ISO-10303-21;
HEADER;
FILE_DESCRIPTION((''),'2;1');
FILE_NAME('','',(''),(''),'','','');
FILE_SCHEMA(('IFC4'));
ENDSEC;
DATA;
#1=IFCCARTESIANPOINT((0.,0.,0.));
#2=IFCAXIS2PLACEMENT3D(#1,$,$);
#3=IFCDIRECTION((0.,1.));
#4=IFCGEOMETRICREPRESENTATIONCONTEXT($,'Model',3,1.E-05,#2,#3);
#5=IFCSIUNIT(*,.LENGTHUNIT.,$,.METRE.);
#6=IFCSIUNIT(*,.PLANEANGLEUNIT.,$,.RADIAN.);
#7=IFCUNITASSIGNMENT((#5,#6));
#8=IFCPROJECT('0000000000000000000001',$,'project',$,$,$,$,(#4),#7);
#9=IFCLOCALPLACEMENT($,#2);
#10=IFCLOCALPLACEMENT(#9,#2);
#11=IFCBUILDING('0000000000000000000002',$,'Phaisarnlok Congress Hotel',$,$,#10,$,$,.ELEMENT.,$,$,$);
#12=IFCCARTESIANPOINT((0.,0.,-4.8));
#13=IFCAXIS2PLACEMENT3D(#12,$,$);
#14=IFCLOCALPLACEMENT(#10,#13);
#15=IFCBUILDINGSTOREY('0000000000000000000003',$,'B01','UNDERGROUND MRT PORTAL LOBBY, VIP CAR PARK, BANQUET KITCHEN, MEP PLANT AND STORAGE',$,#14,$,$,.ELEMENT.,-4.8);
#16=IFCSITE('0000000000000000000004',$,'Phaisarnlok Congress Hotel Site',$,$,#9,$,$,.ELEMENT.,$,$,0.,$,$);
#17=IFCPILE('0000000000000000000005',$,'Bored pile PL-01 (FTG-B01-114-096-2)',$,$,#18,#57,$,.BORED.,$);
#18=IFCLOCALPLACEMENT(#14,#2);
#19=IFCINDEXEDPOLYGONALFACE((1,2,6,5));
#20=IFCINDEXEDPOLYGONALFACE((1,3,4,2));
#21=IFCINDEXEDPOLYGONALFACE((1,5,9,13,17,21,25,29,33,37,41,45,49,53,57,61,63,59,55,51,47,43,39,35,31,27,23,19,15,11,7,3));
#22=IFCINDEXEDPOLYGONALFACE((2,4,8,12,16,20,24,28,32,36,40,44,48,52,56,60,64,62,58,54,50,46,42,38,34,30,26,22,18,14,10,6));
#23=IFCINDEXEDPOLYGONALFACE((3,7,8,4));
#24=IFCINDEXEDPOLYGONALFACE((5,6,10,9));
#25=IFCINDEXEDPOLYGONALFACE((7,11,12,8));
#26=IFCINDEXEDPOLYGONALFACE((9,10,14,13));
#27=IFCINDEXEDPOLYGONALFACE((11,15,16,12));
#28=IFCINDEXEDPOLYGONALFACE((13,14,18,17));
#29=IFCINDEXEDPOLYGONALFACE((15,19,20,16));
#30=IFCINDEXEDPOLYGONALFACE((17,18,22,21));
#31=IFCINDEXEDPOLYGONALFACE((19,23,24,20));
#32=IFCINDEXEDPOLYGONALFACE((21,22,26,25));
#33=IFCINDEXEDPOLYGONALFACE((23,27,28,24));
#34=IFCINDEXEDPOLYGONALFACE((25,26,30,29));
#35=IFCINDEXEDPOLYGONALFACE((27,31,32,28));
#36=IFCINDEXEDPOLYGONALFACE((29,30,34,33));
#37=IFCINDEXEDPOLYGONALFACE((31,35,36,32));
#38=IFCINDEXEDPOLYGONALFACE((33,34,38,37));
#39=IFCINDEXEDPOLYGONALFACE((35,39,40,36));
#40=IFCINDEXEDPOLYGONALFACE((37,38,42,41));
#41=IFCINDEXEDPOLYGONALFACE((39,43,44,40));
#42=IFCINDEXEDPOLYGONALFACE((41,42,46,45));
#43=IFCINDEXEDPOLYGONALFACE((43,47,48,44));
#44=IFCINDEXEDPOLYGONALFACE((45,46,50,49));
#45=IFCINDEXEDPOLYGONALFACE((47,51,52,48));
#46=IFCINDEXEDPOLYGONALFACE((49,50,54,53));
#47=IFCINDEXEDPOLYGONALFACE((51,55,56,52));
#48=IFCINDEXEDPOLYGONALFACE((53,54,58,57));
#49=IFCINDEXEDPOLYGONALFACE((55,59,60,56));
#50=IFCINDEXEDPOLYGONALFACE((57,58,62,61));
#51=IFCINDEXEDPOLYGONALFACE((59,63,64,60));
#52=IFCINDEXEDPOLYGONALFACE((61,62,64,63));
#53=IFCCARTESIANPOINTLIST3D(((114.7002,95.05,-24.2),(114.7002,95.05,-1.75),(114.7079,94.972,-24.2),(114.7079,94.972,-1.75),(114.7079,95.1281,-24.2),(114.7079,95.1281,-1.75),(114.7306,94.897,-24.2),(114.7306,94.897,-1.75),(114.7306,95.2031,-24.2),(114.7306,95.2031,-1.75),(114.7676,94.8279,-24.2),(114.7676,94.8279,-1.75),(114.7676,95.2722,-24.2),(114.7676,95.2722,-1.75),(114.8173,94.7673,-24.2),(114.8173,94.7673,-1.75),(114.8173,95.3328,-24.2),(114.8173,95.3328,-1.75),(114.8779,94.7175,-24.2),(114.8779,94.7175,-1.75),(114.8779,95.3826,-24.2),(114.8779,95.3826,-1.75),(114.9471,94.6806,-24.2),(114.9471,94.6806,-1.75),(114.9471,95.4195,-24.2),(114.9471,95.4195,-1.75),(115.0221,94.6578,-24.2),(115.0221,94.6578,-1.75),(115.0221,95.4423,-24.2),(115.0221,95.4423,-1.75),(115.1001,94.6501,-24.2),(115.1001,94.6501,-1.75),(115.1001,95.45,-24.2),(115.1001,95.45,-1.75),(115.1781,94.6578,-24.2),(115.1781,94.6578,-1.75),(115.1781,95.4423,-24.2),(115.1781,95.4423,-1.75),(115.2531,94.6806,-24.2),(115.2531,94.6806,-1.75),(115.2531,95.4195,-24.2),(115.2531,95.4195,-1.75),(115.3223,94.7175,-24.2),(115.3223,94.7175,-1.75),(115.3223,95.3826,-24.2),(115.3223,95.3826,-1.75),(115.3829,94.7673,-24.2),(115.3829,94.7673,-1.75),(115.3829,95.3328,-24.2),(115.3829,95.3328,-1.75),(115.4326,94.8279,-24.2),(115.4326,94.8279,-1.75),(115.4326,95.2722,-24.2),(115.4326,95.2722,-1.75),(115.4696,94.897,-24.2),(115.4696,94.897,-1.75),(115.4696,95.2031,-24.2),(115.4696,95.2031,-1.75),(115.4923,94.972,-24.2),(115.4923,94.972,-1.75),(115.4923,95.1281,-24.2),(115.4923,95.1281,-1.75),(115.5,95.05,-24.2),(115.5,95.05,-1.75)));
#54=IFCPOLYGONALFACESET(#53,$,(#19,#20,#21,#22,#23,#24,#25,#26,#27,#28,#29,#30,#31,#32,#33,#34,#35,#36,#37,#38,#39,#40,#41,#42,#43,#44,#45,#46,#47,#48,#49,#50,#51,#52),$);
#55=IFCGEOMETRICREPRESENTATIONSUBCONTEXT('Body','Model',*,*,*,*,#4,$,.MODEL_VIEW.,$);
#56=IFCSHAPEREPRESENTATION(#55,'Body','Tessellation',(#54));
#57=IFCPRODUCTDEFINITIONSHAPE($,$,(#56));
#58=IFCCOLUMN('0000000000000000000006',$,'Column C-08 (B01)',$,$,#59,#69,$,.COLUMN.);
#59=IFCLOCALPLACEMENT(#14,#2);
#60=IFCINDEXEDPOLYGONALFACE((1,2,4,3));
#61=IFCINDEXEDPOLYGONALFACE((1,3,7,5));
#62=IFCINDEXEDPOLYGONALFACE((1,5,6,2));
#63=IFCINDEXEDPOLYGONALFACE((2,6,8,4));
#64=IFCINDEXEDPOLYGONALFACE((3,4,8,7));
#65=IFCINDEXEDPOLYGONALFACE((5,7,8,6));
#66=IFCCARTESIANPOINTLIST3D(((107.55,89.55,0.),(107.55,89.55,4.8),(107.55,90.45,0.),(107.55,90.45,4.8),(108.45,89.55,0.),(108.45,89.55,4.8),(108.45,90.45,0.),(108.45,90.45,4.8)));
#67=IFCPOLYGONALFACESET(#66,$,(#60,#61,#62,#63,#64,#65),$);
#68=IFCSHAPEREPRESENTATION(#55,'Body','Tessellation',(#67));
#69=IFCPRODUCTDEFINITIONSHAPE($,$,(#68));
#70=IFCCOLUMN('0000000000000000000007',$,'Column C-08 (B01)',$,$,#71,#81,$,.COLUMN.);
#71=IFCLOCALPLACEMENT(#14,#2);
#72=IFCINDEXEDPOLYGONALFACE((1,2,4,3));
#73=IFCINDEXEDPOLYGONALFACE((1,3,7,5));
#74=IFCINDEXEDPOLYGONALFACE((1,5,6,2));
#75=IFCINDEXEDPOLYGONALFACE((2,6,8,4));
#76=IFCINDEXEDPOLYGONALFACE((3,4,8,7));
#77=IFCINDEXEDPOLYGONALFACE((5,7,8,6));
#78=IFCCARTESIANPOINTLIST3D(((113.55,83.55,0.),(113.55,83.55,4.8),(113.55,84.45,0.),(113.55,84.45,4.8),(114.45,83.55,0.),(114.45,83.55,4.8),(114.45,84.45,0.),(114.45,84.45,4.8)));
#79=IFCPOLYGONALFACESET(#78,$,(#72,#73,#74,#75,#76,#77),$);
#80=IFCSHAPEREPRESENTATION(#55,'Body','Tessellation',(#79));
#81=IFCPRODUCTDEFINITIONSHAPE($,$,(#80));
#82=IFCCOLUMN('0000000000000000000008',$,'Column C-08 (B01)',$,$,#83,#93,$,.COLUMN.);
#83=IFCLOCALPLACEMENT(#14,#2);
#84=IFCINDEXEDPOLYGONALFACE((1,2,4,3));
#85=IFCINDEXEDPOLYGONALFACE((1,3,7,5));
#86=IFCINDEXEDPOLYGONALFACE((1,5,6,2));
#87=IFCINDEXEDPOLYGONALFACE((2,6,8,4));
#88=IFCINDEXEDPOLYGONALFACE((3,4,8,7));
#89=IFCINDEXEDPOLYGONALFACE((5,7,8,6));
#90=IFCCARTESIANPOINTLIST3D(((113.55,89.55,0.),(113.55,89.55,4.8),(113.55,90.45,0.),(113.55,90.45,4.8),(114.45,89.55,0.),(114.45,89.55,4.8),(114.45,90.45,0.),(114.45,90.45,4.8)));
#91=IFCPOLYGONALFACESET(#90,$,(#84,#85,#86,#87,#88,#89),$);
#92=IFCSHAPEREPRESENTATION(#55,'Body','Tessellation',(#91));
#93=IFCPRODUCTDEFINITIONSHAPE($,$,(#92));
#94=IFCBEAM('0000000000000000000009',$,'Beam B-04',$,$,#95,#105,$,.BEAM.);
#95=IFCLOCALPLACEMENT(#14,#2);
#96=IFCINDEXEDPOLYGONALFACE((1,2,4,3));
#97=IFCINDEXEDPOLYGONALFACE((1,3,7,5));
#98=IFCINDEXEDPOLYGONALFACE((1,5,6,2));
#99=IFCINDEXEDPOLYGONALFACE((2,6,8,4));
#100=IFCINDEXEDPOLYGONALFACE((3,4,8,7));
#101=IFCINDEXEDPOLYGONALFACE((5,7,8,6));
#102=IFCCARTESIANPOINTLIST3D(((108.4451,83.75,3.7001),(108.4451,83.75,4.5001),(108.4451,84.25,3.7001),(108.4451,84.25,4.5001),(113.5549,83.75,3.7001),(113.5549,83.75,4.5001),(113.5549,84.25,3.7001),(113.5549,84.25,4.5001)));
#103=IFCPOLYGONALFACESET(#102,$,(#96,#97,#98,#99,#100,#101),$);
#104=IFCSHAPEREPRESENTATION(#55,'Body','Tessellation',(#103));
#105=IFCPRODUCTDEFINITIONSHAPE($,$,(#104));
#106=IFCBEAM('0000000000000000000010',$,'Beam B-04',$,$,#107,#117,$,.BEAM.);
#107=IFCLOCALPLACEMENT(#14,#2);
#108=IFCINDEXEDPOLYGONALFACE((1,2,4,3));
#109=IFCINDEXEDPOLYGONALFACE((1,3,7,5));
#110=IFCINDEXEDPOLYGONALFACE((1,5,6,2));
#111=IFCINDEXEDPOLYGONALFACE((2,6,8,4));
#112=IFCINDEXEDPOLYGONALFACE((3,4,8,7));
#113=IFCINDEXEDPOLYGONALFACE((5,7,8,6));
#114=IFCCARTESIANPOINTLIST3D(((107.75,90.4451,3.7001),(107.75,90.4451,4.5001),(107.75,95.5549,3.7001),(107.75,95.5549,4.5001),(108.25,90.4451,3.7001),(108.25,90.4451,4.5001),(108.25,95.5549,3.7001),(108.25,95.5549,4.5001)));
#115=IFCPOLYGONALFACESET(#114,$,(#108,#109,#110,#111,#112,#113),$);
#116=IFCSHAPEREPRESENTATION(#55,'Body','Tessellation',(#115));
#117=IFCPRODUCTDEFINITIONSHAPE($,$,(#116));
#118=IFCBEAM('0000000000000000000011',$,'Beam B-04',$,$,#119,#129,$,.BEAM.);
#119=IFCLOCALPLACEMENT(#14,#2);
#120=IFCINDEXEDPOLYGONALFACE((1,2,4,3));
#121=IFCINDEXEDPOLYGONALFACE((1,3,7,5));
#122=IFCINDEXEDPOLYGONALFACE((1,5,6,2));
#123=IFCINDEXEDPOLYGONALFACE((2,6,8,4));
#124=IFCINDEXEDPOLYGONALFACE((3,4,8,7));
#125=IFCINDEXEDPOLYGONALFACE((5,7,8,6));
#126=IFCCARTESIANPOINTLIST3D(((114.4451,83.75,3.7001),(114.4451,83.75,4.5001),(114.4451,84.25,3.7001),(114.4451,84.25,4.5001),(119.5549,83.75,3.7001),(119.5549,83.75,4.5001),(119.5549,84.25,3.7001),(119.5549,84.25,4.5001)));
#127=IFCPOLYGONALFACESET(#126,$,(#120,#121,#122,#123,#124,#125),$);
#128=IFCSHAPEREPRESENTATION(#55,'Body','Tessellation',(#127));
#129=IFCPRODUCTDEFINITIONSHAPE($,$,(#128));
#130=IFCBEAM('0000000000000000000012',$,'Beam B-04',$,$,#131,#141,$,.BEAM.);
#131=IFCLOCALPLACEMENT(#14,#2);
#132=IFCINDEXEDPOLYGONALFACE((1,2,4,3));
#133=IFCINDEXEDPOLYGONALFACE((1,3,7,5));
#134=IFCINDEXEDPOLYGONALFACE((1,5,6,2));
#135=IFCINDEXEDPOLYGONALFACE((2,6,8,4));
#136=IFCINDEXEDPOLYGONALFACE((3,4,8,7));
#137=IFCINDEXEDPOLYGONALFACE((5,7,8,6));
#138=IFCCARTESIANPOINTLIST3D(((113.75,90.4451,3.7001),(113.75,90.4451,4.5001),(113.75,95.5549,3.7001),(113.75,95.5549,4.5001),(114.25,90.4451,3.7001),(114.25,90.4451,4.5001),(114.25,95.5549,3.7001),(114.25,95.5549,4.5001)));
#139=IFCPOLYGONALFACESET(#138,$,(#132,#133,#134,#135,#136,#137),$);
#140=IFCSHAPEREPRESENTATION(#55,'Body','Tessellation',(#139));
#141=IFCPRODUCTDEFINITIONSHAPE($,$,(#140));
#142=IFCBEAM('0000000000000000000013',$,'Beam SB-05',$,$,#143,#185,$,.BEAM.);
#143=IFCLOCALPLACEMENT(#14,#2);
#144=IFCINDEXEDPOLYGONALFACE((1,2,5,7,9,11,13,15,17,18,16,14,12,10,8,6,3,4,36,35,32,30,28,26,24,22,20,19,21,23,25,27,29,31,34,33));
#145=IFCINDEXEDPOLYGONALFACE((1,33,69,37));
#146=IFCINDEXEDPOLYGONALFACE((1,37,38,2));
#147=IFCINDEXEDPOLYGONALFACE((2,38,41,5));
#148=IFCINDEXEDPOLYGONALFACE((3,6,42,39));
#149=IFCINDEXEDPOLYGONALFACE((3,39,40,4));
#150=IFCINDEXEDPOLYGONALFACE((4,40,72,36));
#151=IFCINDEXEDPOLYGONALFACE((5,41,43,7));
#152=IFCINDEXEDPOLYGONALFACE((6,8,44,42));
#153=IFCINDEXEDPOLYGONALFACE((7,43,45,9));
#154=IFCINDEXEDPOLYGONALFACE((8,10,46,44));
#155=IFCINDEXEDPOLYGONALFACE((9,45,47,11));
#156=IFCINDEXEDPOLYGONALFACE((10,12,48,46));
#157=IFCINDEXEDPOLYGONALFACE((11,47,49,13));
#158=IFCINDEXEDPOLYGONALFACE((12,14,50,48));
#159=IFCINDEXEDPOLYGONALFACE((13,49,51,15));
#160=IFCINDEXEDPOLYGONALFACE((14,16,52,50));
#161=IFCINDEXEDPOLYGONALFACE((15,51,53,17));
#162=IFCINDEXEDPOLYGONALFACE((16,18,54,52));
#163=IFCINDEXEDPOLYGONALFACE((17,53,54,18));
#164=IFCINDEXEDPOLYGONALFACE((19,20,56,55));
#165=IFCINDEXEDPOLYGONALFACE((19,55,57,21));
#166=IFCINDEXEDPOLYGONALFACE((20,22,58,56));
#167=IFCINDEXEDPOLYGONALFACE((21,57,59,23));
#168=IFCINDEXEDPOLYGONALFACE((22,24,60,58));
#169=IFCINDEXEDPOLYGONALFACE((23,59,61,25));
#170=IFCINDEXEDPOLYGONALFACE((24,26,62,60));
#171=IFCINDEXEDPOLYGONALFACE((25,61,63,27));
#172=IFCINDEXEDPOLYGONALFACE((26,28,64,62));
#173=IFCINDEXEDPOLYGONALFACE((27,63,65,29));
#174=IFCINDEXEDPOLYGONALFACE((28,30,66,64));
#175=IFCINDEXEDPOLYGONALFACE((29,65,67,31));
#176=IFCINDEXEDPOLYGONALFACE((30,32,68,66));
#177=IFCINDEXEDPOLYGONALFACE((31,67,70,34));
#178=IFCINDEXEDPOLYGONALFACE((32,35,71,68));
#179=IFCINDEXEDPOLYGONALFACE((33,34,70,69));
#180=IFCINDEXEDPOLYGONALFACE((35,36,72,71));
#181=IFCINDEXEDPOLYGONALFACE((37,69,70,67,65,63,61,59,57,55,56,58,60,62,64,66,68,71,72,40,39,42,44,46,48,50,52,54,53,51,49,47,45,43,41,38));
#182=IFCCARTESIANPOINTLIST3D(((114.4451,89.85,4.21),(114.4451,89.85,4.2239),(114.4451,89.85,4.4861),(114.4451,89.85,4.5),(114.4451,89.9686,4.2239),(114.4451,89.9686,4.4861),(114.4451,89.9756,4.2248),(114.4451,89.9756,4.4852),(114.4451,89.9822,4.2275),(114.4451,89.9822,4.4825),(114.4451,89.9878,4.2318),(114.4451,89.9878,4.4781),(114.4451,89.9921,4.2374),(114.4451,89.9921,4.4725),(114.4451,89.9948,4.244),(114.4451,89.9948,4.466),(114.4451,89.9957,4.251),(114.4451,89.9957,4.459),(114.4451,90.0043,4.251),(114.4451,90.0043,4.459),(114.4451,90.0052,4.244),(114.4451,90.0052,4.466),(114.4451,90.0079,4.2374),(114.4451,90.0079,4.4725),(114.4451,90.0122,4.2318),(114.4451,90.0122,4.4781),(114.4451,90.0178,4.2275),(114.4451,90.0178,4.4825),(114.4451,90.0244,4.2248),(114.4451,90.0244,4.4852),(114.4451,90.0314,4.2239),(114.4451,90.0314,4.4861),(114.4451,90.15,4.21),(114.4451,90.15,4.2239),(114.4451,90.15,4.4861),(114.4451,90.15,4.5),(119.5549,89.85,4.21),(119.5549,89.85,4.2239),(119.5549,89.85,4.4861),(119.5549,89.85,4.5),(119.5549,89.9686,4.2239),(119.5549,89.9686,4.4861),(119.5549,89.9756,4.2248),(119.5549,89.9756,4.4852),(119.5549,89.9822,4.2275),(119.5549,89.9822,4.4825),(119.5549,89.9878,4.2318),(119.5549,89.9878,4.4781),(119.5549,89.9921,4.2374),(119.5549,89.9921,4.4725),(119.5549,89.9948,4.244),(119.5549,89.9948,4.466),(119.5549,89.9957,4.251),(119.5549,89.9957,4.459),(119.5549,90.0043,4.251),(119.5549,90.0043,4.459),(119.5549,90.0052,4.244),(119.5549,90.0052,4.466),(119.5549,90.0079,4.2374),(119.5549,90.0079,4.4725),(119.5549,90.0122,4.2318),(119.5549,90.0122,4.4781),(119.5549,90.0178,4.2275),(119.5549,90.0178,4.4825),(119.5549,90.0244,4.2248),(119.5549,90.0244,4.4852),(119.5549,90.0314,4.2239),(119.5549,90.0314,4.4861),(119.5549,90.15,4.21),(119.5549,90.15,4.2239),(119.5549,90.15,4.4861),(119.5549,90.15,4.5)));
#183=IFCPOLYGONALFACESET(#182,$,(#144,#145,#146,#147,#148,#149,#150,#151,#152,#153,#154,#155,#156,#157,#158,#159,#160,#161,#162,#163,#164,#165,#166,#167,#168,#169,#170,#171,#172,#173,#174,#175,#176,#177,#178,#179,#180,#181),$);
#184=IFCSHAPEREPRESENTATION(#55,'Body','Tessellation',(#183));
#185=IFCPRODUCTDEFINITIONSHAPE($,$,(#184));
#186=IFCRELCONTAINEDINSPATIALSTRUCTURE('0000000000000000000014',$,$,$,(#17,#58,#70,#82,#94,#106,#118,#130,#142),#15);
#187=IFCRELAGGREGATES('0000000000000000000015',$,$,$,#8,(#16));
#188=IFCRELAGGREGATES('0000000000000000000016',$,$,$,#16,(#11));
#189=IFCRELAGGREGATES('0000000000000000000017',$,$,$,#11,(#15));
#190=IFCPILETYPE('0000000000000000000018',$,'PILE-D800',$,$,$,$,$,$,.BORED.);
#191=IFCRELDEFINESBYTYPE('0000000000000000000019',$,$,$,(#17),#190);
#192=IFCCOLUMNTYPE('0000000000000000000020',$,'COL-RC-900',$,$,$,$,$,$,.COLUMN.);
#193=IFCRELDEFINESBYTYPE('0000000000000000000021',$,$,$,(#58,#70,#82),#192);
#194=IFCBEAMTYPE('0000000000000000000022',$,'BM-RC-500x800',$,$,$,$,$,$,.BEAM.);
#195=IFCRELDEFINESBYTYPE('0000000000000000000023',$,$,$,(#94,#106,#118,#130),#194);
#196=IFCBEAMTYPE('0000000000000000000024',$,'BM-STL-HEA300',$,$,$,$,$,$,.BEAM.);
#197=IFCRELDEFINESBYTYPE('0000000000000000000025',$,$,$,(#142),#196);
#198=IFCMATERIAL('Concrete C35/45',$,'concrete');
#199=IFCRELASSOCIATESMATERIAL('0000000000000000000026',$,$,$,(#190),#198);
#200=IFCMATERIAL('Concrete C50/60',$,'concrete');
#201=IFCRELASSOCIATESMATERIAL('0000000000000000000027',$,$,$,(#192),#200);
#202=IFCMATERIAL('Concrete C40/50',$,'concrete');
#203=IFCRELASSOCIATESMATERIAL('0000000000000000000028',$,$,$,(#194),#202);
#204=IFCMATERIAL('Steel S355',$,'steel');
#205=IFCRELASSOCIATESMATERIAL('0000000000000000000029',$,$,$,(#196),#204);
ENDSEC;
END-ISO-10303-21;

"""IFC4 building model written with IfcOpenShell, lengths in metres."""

from ifc_helpers import new_model, si_unit, direction, frame, origin, origin_2d, place, context, subcontext, project, spatial, rectangle, circle, i_section, extrude, material, material_profile, profile_set, type_object, element, save


model = new_model("IFC4")

# Units and contexts
model_context = context("Model", 3, precision=1e-05, world=origin(), true_north=direction((0.0, 1.0)))
body_context = subcontext(model_context, "Body", "Model", "MODEL_VIEW")
ifc_project = project(units=[si_unit("LENGTHUNIT", "METRE"), si_unit("PLANEANGLEUNIT", "RADIAN")], contexts=[model_context])

# Site, building, storey
site_placement = place(None, origin())
site = spatial("IfcSite", under=ifc_project, at=site_placement, Name="Phaisarnlok Congress Hotel Site", CompositionType="ELEMENT", RefElevation=0.0)
building_placement = place(site_placement, origin())
building = spatial("IfcBuilding", under=site, at=building_placement, Name="Phaisarnlok Congress Hotel", CompositionType="ELEMENT")
storey_placement = place(building_placement, frame((0.0, 0.0, -4.8)))
storey = spatial("IfcBuildingStorey", under=building, at=storey_placement, Name="B01", Description="UNDERGROUND MRT PORTAL LOBBY, VIP CAR PARK, BANQUET KITCHEN, MEP PLANT AND STORAGE", CompositionType="ELEMENT", Elevation=-4.8)

# Shared definitions
ifc_material_1 = material(Name="Concrete C40/50", Category="concrete")

# Pile
ifc_material_2 = material(Name="Concrete C35/45", Category="concrete")
ifc_material_profile_1 = material_profile(ifc_material_2, circle(Radius=0.3999, at=origin_2d()), Name="BORED PILE D800")
ifc_profile_set_1 = profile_set([ifc_material_profile_1], Name="Concrete C35/45")
pile_type_1 = type_object("IfcPileType", Name="PILE-D800", PredefinedType="BORED", material=ifc_profile_set_1)
for number, where, z_axis, x_axis, name in (
    (1, (115.1001, 95.05, -1.75), (0.0, 0.0, -1.0), (1.0, 0.0, 0.0), "Bored pile PL-01 (FTG-B01-114-096-2)"),
):
    element("IfcPile", number, at=place(storey_placement, frame(where, z_axis=z_axis, x_axis=x_axis)), inside=storey, type_object=pile_type_1, Name=name, PredefinedType="BORED", context=body_context, shape_type="SweptSolid", body=[
        extrude(circle(Radius=0.3999, at=origin_2d()), origin(), (0.0, 0.0, 1.0), 22.45),
    ])

# Columns
ifc_material_3 = material(Name="Concrete C50/60", Category="concrete")
ifc_material_profile_2 = material_profile(ifc_material_3, rectangle(XDim=0.8999, YDim=0.8999, at=origin_2d()), Name="RC 900x900")
ifc_profile_set_2 = profile_set([ifc_material_profile_2], Name="Concrete C50/60")
column_type = type_object("IfcColumnType", Name="COL-RC-900", PredefinedType="COLUMN", material=ifc_profile_set_2)
for number, where, z_axis, x_axis, name in (
    (2, (108.0, 90.0, 0.0), (0.0, 0.0, 1.0), (1.0, 0.0, 0.0), "Column C-08 (B01)"),
    (3, (114.0, 84.0, 0.0), (0.0, 0.0, 1.0), (1.0, 0.0, 0.0), "Column C-08 (B01)"),
    (4, (114.0, 90.0, 0.0), (0.0, 0.0, 1.0), (1.0, 0.0, 0.0), "Column C-08 (B01)"),
):
    element("IfcColumn", number, at=place(storey_placement, frame(where, z_axis=z_axis, x_axis=x_axis)), inside=storey, type_object=column_type, Name=name, PredefinedType="COLUMN", context=body_context, shape_type="SweptSolid", body=[
        extrude(rectangle(XDim=0.8999, YDim=0.8999, at=origin_2d()), origin(), (0.0, 0.0, 1.0), 4.8),
    ])

# Beams
ifc_material_profile_3 = material_profile(ifc_material_1, rectangle(XDim=0.5, YDim=0.8, at=origin_2d()), Name="RC 500x800")
ifc_profile_set_3 = profile_set([ifc_material_profile_3], Name="Concrete C40/50")
beam_type_1 = type_object("IfcBeamType", Name="BM-RC-500x800", PredefinedType="BEAM", material=ifc_profile_set_3)
for number, where, z_axis, x_axis, name in (
    (5, (108.4451, 84.0, 4.1001), (1.0, 0.0, 0.0), (0.0, 1.0, 0.0), "Beam B-04"),
    (6, (108.0, 90.4451, 4.1001), (0.0, 1.0, 0.0), (-1.0, 0.0, 0.0), "Beam B-04"),
    (7, (114.4451, 84.0, 4.1001), (1.0, 0.0, 0.0), (0.0, 1.0, 0.0), "Beam B-04"),
    (8, (114.0, 90.4451, 4.1001), (0.0, 1.0, 0.0), (-1.0, 0.0, 0.0), "Beam B-04"),
):
    element("IfcBeam", number, at=place(storey_placement, frame(where, z_axis=z_axis, x_axis=x_axis)), inside=storey, type_object=beam_type_1, Name=name, PredefinedType="BEAM", context=body_context, shape_type="SweptSolid", body=[
        extrude(rectangle(XDim=0.5, YDim=0.8, at=origin_2d()), origin(), (0.0, 0.0, 1.0), 5.1099),
    ])
ifc_material_4 = material(Name="Steel S355", Category="steel")
ifc_material_profile_4 = material_profile(ifc_material_4, i_section(OverallWidth=0.3, OverallDepth=0.29, WebThickness=0.0085, FlangeThickness=0.0139, FilletRadius=0.0271, at=origin_2d()), Name="HEA 300")
ifc_profile_set_4 = profile_set([ifc_material_profile_4], Name="Steel S355")
beam_type_2 = type_object("IfcBeamType", Name="BM-STL-HEA300", PredefinedType="BEAM", material=ifc_profile_set_4)
beam_1_placement = place(storey_placement, frame((114.4451, 90.0, 4.355), z_axis=(1.0, 0.0, 0.0), x_axis=(0.0, 1.0, 0.0)))
element("IfcBeam", 9, at=beam_1_placement, inside=storey, type_object=beam_type_2, Name="Beam SB-05", PredefinedType="BEAM", context=body_context, shape_type="SweptSolid", body=[
    extrude(i_section(OverallWidth=0.3, OverallDepth=0.29, WebThickness=0.0085, FlangeThickness=0.0139, FilletRadius=0.0271, at=origin_2d()), origin(), (0.0, 0.0, 1.0), 5.1099),
])

save(model, "model.ifc")
